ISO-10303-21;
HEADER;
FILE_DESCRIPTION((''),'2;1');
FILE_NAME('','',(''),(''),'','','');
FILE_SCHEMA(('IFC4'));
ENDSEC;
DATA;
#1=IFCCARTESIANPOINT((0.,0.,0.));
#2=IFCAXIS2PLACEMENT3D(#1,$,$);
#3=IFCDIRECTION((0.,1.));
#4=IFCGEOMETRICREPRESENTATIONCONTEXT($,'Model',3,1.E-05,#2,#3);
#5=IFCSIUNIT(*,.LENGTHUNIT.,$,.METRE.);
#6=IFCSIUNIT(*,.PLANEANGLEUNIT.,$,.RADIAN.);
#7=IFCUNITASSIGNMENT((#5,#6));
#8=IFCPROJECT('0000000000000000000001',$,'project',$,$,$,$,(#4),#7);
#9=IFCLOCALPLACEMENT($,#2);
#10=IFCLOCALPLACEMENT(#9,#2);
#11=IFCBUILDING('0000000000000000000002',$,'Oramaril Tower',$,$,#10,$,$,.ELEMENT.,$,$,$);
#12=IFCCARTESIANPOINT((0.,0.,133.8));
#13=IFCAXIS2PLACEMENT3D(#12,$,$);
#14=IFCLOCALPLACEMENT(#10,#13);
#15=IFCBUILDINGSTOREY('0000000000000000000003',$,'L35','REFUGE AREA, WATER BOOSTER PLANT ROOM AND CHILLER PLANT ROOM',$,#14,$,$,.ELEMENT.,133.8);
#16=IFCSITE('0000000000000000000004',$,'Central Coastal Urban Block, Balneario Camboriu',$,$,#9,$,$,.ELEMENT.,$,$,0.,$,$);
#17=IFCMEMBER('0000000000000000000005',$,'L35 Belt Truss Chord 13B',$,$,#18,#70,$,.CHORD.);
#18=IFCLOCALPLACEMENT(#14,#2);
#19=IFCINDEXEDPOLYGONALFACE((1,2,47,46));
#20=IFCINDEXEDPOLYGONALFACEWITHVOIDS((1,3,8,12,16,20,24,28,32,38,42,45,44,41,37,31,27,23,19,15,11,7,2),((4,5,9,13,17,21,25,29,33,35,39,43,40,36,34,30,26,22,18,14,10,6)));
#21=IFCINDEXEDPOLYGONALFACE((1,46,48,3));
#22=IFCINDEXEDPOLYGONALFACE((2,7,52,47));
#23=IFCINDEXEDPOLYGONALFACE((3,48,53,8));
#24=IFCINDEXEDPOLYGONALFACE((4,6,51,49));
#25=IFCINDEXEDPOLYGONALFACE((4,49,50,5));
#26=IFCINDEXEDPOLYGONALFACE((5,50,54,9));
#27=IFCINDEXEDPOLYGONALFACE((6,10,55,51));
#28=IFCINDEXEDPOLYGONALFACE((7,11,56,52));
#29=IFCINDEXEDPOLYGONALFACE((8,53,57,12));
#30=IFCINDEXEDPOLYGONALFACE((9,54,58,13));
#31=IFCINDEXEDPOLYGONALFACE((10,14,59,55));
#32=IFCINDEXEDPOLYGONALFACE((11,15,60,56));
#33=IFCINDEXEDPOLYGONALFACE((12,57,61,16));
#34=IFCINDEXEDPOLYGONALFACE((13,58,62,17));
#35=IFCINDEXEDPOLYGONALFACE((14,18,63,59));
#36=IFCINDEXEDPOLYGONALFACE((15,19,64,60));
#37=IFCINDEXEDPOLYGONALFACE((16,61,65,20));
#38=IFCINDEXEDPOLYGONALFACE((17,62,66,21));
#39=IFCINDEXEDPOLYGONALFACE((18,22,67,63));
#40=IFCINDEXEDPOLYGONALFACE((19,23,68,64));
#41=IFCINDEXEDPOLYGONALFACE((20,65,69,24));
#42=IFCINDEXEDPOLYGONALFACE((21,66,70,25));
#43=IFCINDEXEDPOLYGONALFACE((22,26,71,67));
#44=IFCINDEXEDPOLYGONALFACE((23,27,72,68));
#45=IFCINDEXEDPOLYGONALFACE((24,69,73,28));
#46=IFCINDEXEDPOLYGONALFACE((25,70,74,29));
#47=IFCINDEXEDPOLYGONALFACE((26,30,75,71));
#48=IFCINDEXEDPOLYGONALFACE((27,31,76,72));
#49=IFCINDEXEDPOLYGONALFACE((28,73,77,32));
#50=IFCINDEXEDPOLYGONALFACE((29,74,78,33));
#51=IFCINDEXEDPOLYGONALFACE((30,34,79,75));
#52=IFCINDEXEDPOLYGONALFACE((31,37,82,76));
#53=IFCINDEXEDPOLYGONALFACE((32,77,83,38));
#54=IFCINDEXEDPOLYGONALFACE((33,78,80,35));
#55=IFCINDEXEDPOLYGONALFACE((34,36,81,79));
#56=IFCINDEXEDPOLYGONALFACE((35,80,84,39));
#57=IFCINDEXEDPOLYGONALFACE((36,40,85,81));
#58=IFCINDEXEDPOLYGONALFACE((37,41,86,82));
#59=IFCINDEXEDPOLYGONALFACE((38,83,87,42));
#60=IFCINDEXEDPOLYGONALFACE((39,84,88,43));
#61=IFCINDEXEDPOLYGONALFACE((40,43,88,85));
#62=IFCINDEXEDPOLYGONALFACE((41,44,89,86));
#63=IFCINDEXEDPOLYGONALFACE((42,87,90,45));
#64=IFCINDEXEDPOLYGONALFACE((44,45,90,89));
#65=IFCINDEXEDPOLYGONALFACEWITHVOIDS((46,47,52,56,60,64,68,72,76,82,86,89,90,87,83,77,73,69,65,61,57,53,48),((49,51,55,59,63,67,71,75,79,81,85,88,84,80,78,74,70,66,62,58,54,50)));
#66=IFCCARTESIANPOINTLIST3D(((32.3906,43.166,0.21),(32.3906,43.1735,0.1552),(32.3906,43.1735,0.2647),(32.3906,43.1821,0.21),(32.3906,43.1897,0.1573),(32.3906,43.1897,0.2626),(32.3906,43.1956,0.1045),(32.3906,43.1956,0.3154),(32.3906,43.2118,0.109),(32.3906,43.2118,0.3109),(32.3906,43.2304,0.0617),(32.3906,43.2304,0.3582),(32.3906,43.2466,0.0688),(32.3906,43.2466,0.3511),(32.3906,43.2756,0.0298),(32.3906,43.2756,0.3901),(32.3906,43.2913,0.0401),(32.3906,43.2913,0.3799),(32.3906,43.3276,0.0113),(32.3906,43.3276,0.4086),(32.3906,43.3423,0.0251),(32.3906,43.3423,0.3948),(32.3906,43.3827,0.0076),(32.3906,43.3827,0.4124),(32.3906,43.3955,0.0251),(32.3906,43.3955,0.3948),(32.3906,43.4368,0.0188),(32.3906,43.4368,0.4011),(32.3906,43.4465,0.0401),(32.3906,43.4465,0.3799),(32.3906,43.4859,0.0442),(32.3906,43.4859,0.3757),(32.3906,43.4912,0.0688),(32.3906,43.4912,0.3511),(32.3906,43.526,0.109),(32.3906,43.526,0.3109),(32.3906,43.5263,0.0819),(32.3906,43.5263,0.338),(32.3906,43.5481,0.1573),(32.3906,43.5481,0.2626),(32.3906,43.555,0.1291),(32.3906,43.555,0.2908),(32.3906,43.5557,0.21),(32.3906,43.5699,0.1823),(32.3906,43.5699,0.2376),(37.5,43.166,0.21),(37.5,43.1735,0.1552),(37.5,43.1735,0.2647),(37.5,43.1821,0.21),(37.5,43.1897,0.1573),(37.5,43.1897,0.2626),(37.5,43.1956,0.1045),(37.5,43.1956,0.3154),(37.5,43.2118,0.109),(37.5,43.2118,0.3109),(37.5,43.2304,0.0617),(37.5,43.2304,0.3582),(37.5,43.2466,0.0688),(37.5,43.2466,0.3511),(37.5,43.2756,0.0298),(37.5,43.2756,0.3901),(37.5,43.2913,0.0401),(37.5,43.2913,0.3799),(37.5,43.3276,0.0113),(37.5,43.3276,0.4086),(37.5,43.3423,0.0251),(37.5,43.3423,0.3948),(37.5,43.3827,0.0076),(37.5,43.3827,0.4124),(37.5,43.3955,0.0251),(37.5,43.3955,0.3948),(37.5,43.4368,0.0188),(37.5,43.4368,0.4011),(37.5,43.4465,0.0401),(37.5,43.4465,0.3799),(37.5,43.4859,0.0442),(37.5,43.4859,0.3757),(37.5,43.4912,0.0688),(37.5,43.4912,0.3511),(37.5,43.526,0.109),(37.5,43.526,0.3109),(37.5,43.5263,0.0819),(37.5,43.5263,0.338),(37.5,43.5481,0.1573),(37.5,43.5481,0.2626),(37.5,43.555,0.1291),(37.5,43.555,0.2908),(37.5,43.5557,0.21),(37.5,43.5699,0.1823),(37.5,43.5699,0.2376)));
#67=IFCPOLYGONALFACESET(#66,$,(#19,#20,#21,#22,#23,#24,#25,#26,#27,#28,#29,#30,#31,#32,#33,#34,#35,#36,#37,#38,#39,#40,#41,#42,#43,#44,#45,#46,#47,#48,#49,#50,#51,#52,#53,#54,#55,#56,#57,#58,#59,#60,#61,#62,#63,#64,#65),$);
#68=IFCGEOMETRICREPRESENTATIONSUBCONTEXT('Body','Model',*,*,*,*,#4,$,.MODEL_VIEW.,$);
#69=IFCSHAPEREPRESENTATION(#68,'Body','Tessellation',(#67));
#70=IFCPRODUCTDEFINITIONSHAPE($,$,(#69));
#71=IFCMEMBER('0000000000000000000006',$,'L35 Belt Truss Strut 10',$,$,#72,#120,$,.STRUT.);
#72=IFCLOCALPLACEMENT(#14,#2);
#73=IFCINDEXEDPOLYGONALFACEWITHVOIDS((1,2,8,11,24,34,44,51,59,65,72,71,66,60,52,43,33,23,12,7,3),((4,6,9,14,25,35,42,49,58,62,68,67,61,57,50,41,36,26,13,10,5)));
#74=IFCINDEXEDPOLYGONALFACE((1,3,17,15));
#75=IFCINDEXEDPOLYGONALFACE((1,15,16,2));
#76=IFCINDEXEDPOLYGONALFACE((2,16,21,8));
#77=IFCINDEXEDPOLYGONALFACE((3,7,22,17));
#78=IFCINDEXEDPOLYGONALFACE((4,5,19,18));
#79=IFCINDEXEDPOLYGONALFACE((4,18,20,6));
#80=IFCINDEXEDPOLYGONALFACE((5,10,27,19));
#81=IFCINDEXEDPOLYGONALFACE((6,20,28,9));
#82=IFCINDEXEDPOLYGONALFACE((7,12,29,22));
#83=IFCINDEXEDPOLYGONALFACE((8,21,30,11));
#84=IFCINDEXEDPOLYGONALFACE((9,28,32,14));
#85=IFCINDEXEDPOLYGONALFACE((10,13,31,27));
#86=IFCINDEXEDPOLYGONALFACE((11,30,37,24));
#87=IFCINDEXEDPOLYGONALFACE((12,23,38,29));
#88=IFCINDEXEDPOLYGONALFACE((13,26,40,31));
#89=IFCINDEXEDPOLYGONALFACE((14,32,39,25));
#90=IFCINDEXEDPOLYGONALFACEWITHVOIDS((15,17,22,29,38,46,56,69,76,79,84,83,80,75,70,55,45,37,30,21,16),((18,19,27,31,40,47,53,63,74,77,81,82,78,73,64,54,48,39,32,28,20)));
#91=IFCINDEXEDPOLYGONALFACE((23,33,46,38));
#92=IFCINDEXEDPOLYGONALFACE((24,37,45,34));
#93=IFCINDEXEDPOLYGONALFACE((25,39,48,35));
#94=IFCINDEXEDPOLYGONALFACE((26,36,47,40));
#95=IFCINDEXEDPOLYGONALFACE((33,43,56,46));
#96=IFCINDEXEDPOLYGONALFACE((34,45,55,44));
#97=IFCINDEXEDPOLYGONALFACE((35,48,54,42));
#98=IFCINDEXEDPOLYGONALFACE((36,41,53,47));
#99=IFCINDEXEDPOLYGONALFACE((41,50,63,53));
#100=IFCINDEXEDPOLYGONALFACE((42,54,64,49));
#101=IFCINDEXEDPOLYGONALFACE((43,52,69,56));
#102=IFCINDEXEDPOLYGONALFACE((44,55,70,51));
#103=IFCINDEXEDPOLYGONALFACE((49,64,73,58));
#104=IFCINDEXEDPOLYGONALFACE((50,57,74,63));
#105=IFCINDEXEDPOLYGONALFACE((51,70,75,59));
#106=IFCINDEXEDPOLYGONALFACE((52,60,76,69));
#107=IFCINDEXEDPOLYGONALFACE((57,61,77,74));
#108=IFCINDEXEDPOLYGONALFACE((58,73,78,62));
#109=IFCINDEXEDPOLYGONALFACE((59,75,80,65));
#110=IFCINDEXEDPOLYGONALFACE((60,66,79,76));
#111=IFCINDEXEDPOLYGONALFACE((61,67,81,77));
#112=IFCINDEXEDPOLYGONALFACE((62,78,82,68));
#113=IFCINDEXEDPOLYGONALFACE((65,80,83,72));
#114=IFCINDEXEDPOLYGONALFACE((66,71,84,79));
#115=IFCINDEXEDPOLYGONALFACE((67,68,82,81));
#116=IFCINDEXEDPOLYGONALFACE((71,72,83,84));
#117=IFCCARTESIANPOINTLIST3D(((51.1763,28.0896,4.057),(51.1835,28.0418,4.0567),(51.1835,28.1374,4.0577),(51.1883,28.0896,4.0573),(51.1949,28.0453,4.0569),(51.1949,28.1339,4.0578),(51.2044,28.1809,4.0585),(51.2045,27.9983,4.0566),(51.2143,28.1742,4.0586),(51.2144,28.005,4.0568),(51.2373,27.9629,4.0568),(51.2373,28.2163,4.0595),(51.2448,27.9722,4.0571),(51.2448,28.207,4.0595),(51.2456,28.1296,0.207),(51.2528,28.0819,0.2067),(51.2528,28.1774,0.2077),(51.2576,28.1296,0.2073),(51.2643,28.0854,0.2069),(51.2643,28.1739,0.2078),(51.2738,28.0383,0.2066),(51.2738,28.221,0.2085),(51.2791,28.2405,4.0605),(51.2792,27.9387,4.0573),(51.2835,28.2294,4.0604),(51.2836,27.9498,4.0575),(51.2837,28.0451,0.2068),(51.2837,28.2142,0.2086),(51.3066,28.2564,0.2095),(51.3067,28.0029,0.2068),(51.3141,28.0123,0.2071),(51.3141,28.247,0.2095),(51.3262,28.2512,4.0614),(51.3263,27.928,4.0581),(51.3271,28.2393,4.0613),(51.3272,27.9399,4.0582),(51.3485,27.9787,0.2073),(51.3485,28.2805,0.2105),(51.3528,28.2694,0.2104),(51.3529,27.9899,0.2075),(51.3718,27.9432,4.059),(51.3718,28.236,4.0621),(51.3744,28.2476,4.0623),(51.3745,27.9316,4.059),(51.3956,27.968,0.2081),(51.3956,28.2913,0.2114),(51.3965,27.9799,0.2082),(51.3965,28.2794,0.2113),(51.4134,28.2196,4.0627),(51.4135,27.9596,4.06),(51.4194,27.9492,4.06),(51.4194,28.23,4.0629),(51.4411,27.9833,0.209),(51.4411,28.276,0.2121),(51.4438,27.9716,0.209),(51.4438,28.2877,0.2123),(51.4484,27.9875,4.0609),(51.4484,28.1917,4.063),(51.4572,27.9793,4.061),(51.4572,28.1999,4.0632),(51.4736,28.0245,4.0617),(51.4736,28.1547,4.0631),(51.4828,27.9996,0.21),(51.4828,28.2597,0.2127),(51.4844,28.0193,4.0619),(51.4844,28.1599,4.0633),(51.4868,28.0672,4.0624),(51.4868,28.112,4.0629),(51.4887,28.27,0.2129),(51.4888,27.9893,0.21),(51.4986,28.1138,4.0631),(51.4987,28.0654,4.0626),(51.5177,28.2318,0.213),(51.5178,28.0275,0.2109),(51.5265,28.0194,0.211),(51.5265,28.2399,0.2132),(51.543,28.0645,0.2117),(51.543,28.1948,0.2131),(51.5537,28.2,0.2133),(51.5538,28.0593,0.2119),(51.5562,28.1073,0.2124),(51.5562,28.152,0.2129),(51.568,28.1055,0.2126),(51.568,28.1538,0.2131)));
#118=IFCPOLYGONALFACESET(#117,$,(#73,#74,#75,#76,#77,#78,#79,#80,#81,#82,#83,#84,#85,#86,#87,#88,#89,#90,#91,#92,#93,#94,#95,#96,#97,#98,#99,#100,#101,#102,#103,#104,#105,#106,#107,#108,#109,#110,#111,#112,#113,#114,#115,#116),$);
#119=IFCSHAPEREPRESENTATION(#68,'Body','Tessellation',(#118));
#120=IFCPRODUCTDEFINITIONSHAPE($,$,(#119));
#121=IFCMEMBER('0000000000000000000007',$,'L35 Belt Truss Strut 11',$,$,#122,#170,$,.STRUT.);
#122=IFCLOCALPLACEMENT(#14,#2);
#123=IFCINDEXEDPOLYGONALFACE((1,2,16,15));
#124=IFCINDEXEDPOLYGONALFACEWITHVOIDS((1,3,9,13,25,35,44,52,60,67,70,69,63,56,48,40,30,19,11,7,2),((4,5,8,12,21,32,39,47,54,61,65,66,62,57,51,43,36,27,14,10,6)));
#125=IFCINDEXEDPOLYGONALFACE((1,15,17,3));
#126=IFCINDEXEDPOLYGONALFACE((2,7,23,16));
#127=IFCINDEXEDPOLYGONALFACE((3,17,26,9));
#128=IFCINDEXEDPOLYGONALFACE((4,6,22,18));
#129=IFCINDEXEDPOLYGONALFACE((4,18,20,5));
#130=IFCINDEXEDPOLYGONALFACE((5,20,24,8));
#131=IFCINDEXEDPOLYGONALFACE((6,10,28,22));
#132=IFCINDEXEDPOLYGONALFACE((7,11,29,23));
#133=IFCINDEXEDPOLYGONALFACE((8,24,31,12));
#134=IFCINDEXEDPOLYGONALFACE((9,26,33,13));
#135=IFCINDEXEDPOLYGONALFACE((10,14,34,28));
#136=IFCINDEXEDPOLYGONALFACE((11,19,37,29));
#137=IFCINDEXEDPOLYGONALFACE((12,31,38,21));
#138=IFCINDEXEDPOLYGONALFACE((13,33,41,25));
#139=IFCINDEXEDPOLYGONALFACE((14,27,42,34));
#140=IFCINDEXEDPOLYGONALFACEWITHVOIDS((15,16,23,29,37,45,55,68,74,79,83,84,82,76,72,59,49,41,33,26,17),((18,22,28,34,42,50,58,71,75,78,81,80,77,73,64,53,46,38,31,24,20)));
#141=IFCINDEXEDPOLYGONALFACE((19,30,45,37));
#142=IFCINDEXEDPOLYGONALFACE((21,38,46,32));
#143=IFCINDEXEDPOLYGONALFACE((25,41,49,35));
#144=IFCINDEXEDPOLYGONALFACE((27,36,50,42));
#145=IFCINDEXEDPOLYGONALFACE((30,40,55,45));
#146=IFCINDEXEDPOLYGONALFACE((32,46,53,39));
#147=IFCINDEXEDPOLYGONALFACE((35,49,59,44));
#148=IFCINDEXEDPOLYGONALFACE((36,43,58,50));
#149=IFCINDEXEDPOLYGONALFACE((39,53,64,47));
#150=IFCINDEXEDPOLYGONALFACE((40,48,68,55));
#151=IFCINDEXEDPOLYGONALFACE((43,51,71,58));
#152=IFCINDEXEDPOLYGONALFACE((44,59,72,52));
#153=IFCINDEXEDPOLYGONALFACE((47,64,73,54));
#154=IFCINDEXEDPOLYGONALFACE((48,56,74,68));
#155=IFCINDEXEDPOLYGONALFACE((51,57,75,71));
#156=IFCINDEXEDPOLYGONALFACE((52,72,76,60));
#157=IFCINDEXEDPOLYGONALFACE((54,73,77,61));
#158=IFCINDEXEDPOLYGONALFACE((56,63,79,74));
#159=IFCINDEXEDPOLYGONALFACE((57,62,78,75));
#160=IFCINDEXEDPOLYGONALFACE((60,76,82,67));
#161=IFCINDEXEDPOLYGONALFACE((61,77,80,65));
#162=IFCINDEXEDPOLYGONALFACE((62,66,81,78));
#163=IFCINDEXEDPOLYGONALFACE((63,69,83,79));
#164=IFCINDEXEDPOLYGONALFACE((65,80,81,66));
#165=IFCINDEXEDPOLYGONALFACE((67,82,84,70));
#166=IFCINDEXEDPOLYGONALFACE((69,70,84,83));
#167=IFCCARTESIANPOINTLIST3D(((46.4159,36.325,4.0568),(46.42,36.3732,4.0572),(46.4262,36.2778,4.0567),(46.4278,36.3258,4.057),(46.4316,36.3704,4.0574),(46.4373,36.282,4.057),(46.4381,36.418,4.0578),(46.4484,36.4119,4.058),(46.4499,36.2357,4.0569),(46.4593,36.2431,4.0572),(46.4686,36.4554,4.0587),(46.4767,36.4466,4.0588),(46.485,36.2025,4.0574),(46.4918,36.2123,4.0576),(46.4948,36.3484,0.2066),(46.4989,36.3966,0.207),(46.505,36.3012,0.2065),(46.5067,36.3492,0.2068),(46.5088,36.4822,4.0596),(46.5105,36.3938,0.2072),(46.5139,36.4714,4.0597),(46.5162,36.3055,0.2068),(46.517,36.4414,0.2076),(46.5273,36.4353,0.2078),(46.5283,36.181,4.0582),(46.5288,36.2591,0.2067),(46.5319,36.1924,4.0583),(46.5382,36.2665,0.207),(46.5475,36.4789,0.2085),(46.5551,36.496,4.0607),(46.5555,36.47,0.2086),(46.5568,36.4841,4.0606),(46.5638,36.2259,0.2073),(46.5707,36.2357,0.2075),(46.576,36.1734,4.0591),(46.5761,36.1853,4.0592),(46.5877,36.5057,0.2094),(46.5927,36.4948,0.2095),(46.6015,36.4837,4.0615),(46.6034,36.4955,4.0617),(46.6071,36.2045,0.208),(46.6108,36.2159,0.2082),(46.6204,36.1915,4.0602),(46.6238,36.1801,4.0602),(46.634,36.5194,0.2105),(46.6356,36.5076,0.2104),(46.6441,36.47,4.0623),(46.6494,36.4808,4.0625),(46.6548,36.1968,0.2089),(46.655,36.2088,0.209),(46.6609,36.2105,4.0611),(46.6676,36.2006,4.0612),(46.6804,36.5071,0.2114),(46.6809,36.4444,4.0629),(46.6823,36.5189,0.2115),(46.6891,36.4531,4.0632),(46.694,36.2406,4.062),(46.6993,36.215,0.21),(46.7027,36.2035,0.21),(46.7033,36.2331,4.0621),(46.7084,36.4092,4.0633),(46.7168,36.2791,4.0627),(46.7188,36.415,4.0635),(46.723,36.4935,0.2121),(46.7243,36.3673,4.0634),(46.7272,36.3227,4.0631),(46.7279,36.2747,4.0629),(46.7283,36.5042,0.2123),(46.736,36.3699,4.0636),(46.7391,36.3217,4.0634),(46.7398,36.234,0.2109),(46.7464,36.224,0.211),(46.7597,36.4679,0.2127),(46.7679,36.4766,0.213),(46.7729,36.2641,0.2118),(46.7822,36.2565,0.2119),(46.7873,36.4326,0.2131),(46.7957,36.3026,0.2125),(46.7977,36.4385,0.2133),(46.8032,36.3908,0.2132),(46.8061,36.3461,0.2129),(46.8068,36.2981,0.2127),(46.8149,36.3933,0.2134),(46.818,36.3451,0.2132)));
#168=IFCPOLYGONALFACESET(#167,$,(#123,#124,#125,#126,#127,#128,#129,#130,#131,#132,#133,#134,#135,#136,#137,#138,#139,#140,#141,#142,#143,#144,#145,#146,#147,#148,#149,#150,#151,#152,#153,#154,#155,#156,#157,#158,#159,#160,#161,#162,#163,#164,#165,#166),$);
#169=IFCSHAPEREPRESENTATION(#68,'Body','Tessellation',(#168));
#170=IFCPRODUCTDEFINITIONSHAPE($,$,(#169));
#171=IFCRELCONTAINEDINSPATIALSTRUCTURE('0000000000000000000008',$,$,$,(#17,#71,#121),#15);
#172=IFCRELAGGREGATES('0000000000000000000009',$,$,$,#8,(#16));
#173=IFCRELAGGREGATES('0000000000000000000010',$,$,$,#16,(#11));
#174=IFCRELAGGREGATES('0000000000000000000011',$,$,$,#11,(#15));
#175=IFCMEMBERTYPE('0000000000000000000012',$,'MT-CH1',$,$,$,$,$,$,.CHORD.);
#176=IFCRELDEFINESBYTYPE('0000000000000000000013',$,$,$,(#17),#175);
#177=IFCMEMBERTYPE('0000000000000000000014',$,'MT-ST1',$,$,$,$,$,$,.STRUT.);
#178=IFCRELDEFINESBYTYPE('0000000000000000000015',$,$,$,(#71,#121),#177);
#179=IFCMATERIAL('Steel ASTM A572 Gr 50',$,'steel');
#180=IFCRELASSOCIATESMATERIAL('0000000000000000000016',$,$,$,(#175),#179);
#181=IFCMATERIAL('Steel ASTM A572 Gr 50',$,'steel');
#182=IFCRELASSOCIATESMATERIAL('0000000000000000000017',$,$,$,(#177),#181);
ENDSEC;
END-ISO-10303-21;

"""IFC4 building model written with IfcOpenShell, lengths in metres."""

from ifc_helpers import new_model, si_unit, direction, frame, origin, origin_2d, place, context, subcontext, project, spatial, hollow_circle, extrude, material, material_profile, profile_set, type_object, element, save


model = new_model("IFC4")

# Units and contexts
model_context = context("Model", 3, precision=1e-05, world=origin(), true_north=direction((0.0, 1.0)))
body_context = subcontext(model_context, "Body", "Model", "MODEL_VIEW")
ifc_project = project(units=[si_unit("LENGTHUNIT", "METRE"), si_unit("PLANEANGLEUNIT", "RADIAN")], contexts=[model_context])

# Site, building, storey
site_placement = place(None, origin())
site = spatial("IfcSite", under=ifc_project, at=site_placement, Name="Central Coastal Urban Block, Balneario Camboriu", CompositionType="ELEMENT", RefElevation=0.0)
building_placement = place(site_placement, origin())
building = spatial("IfcBuilding", under=site, at=building_placement, Name="Oramaril Tower", CompositionType="ELEMENT")
storey_placement = place(building_placement, frame((0.0, 0.0, 133.8)))
storey = spatial("IfcBuildingStorey", under=building, at=storey_placement, Name="L35", Description="REFUGE AREA, WATER BOOSTER PLANT ROOM AND CHILLER PLANT ROOM", CompositionType="ELEMENT", Elevation=133.8)

# Members
ifc_material_1 = material(Name="Steel ASTM A572 Gr 50", Category="steel")
ifc_material_profile_1 = material_profile(ifc_material_1, hollow_circle(Radius=0.2029, WallThickness=0.0161, at=origin_2d()), Name="CHS406X16")
ifc_profile_set_1 = profile_set([ifc_material_profile_1], Name="Steel ASTM A572 Gr 50")
member_type_1 = type_object("IfcMemberType", Name="MT-CH1", PredefinedType="CHORD", material=ifc_profile_set_1)
for number, where, z_axis, x_axis, name in (
    (1, (37.5, 43.3689, 0.21), (-1.0, 0.0, 0.0), (0.0, -1.0, 0.0), "L35 Belt Truss Chord 13B"),
):
    element("IfcMember", number, at=place(storey_placement, frame(where, z_axis=z_axis, x_axis=x_axis)), inside=storey, type_object=member_type_1, Name=name, PredefinedType="CHORD", context=body_context, shape_type="SweptSolid", body=[
        extrude(hollow_circle(Radius=0.2029, WallThickness=0.0161, at=origin_2d()), origin(), (0.0, 0.0, 1.0), 5.1094),
    ])
ifc_material_2 = material(Name="Steel ASTM A572 Gr 50", Category="steel")
ifc_material_profile_2 = material_profile(ifc_material_2, hollow_circle(Radius=0.1621, WallThickness=0.012, at=origin_2d()), Name="CHS324X12")
ifc_profile_set_2 = profile_set([ifc_material_profile_2], Name="Steel ASTM A572 Gr 50")
member_type_2 = type_object("IfcMemberType", Name="MT-ST1", PredefinedType="STRUT", material=ifc_profile_set_2)
member_1_placement = place(storey_placement, frame((51.4077, 28.1296, 0.21), z_axis=(-0.018005, -0.010397, 0.999784), x_axis=(0.500074, -0.865982, 0.0)))
element("IfcMember", 2, at=member_1_placement, inside=storey, type_object=member_type_2, Name="L35 Belt Truss Strut 10", PredefinedType="STRUT", context=body_context, shape_type="SweptSolid", body=[
    extrude(hollow_circle(Radius=0.1621, WallThickness=0.012, at=origin_2d()), origin(), (0.0, 0.0, 1.0), 3.8508),
])
for number, where, z_axis, x_axis, name in (
    (3, (46.6565, 36.3589, 0.21), (-0.020477, -0.006086, 0.999772), (0.284897, -0.958558, 0.0), "L35 Belt Truss Strut 11"),
):
    element("IfcMember", number, at=place(storey_placement, frame(where, z_axis=z_axis, x_axis=x_axis)), inside=storey, type_object=member_type_2, Name=name, PredefinedType="STRUT", context=body_context, shape_type="SweptSolid", body=[
        extrude(hollow_circle(Radius=0.1621, WallThickness=0.012, at=origin_2d()), origin(), (0.0, 0.0, 1.0), 3.8511),
    ])

save(model, "model.ifc")
